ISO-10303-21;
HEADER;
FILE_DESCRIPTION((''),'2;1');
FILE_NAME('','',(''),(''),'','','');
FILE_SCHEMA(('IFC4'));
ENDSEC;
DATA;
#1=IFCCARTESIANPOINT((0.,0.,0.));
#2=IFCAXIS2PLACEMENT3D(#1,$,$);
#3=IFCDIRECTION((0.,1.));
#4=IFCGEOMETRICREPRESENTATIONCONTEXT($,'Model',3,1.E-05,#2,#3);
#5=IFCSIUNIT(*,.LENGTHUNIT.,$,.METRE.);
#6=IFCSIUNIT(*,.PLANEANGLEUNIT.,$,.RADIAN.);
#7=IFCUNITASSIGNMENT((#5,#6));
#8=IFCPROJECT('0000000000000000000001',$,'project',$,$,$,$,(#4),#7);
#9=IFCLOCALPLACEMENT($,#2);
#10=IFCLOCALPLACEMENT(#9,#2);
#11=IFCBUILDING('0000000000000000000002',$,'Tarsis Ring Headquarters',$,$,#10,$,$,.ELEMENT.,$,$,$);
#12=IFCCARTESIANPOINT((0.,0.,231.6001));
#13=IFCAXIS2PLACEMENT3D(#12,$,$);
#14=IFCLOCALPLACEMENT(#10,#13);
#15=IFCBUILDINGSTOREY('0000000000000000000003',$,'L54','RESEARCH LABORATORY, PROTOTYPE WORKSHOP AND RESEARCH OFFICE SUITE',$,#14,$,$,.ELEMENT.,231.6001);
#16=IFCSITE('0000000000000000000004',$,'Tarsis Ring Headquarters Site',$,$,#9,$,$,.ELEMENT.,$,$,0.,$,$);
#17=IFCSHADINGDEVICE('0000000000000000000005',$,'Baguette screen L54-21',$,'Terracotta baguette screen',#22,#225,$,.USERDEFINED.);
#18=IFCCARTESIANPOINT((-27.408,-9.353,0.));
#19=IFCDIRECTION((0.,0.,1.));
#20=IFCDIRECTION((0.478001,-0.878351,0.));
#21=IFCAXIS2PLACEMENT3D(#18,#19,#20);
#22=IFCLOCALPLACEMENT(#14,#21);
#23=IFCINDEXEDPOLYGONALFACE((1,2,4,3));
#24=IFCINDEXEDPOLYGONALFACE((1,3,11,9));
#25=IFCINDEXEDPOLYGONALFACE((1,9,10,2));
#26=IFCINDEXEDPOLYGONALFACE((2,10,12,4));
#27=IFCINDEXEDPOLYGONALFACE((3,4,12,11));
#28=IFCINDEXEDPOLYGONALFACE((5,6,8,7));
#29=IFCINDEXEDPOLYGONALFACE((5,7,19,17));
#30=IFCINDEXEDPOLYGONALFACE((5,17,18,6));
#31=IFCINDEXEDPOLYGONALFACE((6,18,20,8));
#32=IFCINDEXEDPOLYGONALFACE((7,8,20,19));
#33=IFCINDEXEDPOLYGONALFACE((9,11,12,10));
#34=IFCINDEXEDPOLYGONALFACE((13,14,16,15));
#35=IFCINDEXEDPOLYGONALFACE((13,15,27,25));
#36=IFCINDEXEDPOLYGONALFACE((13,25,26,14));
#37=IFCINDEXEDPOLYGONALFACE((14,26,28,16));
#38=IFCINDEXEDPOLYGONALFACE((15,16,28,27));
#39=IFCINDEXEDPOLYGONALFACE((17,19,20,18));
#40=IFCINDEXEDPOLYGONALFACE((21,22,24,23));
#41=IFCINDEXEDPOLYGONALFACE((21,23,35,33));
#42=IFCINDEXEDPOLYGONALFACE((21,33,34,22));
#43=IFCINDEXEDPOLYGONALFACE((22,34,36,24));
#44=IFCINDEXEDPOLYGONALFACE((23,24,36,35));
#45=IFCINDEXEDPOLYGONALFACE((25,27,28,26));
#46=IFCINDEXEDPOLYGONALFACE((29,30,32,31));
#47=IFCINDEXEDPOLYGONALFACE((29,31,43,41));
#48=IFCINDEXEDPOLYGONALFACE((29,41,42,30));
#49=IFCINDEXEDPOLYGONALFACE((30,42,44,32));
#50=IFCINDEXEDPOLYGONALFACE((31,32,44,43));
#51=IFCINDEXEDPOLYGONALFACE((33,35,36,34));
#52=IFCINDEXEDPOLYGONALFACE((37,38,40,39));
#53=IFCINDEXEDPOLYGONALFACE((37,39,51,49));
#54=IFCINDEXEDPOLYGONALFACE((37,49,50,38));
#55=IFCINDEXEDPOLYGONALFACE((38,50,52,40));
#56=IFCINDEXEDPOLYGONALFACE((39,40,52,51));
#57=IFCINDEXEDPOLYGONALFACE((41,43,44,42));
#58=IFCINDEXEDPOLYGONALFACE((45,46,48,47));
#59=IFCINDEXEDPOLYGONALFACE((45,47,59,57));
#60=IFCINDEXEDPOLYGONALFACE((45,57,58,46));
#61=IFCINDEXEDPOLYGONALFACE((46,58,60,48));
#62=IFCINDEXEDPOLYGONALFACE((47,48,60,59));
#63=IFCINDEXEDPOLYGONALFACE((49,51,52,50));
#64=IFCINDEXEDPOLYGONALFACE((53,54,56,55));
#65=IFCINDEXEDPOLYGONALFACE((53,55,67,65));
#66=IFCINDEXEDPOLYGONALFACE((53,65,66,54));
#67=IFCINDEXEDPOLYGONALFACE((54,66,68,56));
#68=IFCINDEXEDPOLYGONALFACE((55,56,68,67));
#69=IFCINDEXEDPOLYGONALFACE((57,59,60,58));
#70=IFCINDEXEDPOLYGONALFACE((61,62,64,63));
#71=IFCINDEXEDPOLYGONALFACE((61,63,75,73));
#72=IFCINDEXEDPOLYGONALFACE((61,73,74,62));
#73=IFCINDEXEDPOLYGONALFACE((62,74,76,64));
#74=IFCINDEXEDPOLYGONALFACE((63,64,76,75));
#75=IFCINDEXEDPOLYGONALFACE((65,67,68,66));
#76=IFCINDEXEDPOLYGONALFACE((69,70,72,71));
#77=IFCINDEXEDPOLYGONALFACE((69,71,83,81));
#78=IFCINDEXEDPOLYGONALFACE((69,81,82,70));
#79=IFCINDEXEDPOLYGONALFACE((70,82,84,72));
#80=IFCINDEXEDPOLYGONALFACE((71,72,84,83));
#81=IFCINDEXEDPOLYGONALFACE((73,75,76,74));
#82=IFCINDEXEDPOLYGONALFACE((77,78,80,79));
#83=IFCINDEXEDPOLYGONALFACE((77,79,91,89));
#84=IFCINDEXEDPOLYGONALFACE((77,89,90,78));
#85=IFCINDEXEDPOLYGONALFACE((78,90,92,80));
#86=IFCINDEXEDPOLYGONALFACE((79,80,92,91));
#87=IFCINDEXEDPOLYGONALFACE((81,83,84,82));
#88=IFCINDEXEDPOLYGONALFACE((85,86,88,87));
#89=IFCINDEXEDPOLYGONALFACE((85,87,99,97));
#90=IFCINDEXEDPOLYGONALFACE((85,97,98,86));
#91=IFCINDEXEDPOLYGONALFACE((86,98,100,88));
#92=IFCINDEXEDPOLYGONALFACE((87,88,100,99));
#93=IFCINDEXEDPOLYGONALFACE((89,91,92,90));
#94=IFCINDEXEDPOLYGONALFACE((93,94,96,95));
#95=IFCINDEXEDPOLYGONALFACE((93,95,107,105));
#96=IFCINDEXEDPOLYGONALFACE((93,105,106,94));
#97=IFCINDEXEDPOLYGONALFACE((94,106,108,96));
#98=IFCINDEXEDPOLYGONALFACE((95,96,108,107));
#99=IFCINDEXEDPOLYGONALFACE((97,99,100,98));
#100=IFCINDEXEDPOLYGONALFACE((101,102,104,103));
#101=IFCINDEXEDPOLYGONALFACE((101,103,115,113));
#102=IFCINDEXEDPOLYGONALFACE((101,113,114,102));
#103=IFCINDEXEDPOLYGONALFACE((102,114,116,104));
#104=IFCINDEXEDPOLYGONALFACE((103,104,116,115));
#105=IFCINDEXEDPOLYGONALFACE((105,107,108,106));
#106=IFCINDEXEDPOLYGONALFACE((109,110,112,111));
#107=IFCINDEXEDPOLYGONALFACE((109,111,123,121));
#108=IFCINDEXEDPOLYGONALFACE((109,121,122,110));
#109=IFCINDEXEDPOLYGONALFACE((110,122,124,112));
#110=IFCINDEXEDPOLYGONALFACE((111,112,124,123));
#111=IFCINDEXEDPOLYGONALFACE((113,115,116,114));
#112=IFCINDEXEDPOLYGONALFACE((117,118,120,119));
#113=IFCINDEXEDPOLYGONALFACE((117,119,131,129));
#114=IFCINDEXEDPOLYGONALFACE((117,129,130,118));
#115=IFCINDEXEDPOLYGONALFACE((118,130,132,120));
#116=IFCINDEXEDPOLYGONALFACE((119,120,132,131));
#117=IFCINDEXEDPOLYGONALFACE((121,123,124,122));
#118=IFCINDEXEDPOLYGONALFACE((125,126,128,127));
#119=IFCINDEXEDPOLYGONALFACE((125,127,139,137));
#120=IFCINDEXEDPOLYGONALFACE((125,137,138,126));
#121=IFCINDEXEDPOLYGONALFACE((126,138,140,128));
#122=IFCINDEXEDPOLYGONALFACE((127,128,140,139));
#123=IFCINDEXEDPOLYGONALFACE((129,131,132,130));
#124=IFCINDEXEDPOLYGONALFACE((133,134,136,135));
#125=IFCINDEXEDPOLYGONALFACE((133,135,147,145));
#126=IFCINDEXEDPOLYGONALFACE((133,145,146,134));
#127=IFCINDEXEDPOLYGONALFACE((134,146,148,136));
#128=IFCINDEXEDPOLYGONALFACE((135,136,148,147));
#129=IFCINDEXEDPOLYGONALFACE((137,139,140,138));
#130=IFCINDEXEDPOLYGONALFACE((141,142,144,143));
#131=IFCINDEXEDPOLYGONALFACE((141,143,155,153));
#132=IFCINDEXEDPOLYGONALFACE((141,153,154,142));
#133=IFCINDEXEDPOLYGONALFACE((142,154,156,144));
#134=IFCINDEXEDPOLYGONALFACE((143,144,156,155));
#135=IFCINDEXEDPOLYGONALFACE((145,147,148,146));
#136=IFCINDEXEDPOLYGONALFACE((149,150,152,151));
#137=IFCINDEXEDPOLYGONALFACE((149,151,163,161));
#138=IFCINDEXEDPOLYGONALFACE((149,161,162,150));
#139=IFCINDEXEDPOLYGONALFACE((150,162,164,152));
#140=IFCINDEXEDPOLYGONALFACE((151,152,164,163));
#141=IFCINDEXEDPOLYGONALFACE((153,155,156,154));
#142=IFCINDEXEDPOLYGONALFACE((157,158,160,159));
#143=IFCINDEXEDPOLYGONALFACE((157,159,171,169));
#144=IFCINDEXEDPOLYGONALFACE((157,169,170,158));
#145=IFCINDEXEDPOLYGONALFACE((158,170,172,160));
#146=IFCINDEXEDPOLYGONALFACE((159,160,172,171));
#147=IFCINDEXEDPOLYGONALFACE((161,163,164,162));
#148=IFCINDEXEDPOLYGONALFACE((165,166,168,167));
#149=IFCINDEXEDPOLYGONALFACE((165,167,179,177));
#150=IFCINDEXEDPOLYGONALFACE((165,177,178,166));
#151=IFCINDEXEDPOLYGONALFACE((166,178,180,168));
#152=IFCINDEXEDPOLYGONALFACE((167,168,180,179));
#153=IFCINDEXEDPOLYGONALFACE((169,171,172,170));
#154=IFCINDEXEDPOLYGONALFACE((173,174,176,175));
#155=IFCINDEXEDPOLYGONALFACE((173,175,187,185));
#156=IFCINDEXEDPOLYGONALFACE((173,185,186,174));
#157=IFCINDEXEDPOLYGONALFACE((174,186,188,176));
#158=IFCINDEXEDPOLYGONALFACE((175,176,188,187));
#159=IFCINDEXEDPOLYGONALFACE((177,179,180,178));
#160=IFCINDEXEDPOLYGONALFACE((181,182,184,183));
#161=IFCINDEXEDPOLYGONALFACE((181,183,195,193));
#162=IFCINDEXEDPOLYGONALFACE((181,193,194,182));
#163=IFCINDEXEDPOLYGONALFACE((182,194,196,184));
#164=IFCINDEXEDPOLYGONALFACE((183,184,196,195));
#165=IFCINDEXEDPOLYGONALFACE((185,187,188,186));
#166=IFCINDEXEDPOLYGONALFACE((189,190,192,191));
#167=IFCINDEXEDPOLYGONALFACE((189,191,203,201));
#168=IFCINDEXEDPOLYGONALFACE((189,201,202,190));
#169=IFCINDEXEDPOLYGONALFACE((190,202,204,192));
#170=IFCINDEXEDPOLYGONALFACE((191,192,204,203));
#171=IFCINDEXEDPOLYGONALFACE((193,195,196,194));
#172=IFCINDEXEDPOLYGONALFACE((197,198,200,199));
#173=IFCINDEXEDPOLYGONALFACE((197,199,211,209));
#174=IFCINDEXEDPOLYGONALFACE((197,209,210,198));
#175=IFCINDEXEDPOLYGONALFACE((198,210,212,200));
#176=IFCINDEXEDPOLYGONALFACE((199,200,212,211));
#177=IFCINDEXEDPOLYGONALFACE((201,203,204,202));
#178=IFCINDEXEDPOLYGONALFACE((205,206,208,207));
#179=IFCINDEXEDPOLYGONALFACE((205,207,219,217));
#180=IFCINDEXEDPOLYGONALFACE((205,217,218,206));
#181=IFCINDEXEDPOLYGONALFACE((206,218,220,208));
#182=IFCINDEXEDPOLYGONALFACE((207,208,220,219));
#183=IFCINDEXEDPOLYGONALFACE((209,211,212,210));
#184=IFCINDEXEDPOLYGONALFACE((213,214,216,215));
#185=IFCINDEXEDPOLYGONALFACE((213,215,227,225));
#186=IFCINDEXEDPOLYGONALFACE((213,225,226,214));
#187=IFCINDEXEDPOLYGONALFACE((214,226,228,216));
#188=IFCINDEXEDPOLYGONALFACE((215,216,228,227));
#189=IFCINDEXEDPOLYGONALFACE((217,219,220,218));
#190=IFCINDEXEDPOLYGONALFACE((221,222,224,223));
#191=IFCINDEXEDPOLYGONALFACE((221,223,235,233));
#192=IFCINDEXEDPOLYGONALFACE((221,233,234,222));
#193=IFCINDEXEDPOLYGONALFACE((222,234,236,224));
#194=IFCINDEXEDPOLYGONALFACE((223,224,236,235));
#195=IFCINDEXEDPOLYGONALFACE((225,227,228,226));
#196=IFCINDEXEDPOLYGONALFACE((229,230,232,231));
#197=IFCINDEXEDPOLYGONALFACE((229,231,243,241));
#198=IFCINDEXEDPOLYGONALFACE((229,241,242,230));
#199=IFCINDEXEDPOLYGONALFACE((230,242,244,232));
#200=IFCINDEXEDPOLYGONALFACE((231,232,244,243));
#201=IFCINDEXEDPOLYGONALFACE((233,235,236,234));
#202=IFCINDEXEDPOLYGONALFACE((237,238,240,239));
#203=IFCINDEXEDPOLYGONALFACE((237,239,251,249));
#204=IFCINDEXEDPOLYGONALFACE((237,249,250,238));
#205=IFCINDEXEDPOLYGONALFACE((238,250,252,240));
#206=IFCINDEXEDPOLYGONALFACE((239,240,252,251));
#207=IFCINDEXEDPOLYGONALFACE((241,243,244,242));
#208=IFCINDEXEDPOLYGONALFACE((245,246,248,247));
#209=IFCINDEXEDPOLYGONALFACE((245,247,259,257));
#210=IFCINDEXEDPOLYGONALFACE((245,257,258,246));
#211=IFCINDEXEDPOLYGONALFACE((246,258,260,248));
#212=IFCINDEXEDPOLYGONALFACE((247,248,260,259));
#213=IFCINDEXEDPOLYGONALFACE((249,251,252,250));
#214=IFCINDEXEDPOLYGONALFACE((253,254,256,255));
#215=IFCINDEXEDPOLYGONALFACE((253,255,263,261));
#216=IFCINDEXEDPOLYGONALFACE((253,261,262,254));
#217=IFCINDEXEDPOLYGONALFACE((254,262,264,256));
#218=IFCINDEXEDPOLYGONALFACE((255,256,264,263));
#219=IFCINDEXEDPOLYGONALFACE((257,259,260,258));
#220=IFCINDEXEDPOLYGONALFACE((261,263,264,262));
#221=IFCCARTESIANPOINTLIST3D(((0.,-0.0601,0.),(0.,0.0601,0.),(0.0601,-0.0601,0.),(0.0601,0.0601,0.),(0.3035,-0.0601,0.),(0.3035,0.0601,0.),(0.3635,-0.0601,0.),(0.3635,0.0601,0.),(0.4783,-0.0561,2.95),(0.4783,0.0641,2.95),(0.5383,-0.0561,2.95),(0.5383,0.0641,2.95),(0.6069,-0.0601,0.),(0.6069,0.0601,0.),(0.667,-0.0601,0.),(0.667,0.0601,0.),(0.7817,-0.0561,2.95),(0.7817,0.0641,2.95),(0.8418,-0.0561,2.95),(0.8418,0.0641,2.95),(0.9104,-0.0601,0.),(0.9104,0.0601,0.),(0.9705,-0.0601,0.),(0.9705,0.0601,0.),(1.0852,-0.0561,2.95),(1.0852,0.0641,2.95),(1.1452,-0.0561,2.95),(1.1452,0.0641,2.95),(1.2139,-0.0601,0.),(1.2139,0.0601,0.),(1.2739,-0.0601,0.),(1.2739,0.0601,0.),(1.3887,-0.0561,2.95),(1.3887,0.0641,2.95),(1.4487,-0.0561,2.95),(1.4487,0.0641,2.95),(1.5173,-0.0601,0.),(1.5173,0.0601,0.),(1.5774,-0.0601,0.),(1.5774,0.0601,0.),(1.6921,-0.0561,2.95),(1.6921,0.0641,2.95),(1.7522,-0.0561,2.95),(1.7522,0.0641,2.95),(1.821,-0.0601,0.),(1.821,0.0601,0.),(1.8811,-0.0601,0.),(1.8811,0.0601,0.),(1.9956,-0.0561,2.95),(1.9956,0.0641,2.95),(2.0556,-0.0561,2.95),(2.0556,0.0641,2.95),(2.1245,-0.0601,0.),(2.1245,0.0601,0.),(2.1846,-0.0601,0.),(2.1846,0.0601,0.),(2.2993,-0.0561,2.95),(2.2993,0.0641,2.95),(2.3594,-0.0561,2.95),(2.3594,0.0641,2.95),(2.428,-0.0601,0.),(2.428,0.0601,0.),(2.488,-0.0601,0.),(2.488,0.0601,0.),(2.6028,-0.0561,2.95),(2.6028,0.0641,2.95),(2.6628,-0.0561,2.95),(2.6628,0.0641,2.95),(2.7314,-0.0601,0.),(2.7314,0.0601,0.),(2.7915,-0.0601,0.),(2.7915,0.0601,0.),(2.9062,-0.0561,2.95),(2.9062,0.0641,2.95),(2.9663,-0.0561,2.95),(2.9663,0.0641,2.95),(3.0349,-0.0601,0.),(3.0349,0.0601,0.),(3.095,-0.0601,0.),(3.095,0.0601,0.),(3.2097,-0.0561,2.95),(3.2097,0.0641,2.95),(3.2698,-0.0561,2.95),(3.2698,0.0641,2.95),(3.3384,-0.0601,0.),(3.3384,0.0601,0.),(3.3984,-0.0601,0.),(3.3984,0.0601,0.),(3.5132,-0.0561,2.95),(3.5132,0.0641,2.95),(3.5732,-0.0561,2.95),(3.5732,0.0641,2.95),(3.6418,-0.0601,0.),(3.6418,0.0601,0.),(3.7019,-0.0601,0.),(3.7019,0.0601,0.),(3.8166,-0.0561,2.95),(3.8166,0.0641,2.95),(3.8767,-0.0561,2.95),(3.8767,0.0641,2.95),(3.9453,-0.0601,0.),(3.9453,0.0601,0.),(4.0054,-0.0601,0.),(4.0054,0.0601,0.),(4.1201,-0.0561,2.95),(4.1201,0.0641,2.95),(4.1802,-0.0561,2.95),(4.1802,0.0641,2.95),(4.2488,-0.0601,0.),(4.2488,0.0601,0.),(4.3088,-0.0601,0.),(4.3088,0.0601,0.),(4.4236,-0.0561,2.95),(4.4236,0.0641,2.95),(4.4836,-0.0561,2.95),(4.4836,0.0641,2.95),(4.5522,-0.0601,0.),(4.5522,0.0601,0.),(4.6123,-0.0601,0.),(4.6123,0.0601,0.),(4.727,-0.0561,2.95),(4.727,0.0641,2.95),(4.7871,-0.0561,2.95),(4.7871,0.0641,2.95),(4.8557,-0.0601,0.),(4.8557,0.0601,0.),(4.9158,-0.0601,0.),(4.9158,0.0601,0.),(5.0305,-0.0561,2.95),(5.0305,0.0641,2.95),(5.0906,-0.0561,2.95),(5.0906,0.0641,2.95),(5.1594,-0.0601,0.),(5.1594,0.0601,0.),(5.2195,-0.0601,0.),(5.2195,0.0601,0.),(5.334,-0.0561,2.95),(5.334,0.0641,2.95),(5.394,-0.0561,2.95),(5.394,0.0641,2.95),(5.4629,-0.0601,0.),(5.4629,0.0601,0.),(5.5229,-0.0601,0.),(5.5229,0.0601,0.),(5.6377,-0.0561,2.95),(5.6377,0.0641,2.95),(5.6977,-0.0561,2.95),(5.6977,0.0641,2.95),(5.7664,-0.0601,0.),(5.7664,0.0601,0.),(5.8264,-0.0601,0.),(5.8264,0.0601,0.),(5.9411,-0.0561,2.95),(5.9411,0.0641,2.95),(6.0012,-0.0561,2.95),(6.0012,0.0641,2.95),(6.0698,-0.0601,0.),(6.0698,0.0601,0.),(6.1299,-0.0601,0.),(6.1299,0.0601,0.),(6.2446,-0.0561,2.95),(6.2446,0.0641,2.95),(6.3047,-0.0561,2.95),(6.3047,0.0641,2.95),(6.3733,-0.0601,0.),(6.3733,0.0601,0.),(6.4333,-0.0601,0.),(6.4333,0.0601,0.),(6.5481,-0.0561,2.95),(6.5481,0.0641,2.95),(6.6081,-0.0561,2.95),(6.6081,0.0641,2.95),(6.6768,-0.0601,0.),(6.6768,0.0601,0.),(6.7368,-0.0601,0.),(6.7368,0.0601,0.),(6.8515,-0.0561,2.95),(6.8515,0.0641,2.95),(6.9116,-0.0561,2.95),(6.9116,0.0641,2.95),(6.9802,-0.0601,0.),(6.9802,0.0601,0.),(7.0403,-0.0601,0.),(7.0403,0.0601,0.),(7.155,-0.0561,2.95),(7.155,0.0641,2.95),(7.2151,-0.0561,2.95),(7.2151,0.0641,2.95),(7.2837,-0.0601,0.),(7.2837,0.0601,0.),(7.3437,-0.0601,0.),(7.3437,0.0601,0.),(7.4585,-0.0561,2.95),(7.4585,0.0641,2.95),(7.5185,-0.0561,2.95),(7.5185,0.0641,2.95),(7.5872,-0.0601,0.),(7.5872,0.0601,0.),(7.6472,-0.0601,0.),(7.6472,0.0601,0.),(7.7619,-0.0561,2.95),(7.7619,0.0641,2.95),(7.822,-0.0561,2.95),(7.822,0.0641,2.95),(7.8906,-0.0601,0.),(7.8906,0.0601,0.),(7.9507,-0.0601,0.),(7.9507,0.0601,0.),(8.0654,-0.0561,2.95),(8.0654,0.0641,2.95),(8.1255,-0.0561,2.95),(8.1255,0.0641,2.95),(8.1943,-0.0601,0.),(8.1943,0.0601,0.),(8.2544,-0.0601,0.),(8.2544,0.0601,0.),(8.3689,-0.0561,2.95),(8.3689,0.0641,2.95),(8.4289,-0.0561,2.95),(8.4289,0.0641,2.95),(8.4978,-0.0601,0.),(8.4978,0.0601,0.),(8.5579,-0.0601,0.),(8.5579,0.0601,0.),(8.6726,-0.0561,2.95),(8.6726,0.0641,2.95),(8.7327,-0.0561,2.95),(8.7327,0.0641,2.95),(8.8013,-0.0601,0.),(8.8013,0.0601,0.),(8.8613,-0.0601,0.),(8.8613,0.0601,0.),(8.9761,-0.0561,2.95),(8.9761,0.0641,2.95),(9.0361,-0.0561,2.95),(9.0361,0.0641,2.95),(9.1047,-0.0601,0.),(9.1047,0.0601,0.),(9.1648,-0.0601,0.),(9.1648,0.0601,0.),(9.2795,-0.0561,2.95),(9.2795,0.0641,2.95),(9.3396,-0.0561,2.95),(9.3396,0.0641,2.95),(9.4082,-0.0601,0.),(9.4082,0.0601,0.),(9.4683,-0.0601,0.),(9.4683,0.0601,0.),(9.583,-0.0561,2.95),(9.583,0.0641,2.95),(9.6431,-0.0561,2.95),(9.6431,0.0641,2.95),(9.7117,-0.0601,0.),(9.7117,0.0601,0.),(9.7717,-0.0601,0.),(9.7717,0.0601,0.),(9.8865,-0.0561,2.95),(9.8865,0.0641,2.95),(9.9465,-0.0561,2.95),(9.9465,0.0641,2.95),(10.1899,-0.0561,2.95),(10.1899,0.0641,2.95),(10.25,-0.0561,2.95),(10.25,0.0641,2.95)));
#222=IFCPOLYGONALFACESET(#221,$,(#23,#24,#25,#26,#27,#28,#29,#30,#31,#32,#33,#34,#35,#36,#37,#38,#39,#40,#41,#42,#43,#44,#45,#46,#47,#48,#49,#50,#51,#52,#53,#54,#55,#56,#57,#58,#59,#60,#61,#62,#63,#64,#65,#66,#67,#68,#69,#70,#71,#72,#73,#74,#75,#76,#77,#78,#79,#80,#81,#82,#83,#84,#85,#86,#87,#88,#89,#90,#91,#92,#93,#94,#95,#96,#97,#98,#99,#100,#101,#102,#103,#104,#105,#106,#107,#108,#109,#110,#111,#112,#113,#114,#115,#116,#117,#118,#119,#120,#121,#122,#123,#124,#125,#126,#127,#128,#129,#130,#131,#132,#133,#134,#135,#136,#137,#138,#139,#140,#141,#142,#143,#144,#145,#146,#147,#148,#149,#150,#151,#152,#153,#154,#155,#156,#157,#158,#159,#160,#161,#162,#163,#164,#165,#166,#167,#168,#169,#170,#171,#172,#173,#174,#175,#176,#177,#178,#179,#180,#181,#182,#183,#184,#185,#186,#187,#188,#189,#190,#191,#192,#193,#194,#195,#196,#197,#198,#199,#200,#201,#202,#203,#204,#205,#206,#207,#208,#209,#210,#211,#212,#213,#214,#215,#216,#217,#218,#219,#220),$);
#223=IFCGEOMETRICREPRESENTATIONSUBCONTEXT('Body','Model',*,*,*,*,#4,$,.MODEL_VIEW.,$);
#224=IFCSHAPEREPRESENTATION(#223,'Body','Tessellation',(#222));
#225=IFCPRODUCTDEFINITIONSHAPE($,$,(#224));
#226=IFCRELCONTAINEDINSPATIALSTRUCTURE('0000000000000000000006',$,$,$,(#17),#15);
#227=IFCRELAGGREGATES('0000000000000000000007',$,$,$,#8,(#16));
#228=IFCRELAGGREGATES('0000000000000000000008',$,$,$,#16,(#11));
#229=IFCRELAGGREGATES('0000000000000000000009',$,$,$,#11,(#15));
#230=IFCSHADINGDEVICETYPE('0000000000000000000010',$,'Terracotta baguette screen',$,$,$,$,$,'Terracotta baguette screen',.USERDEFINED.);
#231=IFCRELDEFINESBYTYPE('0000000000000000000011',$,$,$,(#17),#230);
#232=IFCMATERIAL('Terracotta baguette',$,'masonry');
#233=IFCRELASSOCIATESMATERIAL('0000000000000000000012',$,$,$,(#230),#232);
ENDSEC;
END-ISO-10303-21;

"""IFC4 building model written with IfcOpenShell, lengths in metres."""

from ifc_helpers import new_model, si_unit, direction, frame, frame_2d, origin, place, context, subcontext, project, spatial, rectangle, composite_profile, extrude, material, type_object, element, save


model = new_model("IFC4")

# Units and contexts
model_context = context("Model", 3, precision=1e-05, world=origin(), true_north=direction((0.0, 1.0)))
body_context = subcontext(model_context, "Body", "Model", "MODEL_VIEW")
ifc_project = project(units=[si_unit("LENGTHUNIT", "METRE"), si_unit("PLANEANGLEUNIT", "RADIAN")], contexts=[model_context])

# Site, building, storey
site_placement = place(None, origin())
site = spatial("IfcSite", under=ifc_project, at=site_placement, Name="Tarsis Ring Headquarters Site", CompositionType="ELEMENT", RefElevation=0.0)
building_placement = place(site_placement, origin())
building = spatial("IfcBuilding", under=site, at=building_placement, Name="Tarsis Ring Headquarters", CompositionType="ELEMENT")
storey_placement = place(building_placement, frame((0.0, 0.0, 231.6001)))
storey = spatial("IfcBuildingStorey", under=building, at=storey_placement, Name="L54", Description="RESEARCH LABORATORY, PROTOTYPE WORKSHOP AND RESEARCH OFFICE SUITE", CompositionType="ELEMENT", Elevation=231.6001)

# Shading device
ifc_material_1 = material(Name="Terracotta baguette", Category="masonry")
shading_device_type = type_object("IfcShadingDeviceType", Name="Terracotta baguette screen", ElementType="Terracotta baguette screen", PredefinedType="USERDEFINED", material=ifc_material_1)
shading_device_1_placement = place(storey_placement, frame((-27.408, -9.353, 0.0), z_axis=(0.0, 0.0, 1.0), x_axis=(0.478001, -0.878351, 0.0)))
element("IfcShadingDevice", 1, at=shading_device_1_placement, inside=storey, type_object=shading_device_type, Name="Baguette screen L54-21", ObjectType="Terracotta baguette screen", PredefinedType="USERDEFINED", context=body_context, shape_type="SweptSolid", body=[
    extrude(composite_profile([rectangle(XDim=0.0601, YDim=0.1201, at=frame_2d((0.03, 0.0))), rectangle(XDim=0.0601, YDim=0.1201, at=frame_2d((0.3335, 0.0))), rectangle(XDim=0.0601, YDim=0.1201, at=frame_2d((0.637, 0.0))), rectangle(XDim=0.0601, YDim=0.1201, at=frame_2d((0.9404, 0.0))), rectangle(XDim=0.0601, YDim=0.1201, at=frame_2d((1.2439, 0.0))), rectangle(XDim=0.0601, YDim=0.1201, at=frame_2d((1.5474, 0.0))), rectangle(XDim=0.0601, YDim=0.1201, at=frame_2d((1.8511, 0.0))), rectangle(XDim=0.0601, YDim=0.1201, at=frame_2d((2.1545, 0.0))), rectangle(XDim=0.0601, YDim=0.1201, at=frame_2d((2.458, 0.0))), rectangle(XDim=0.0601, YDim=0.1201, at=frame_2d((2.7615, 0.0))), rectangle(XDim=0.0601, YDim=0.1201, at=frame_2d((3.0649, 0.0))), rectangle(XDim=0.0601, YDim=0.1201, at=frame_2d((3.3684, 0.0))), rectangle(XDim=0.0601, YDim=0.1201, at=frame_2d((3.6719, 0.0))), rectangle(XDim=0.0601, YDim=0.1201, at=frame_2d((3.9753, 0.0))), rectangle(XDim=0.0601, YDim=0.1201, at=frame_2d((4.2788, 0.0))), rectangle(XDim=0.0601, YDim=0.1201, at=frame_2d((4.5823, 0.0))), rectangle(XDim=0.0601, YDim=0.1201, at=frame_2d((4.8857, 0.0))), rectangle(XDim=0.0601, YDim=0.1201, at=frame_2d((5.1895, 0.0))), rectangle(XDim=0.0601, YDim=0.1201, at=frame_2d((5.4929, 0.0))), rectangle(XDim=0.0601, YDim=0.1201, at=frame_2d((5.7964, 0.0))), rectangle(XDim=0.0601, YDim=0.1201, at=frame_2d((6.0999, 0.0))), rectangle(XDim=0.0601, YDim=0.1201, at=frame_2d((6.4033, 0.0))), rectangle(XDim=0.0601, YDim=0.1201, at=frame_2d((6.7068, 0.0))), rectangle(XDim=0.0601, YDim=0.1201, at=frame_2d((7.0103, 0.0))), rectangle(XDim=0.0601, YDim=0.1201, at=frame_2d((7.3137, 0.0))), rectangle(XDim=0.0601, YDim=0.1201, at=frame_2d((7.6172, 0.0))), rectangle(XDim=0.0601, YDim=0.1201, at=frame_2d((7.9207, 0.0))), rectangle(XDim=0.0601, YDim=0.1201, at=frame_2d((8.2244, 0.0))), rectangle(XDim=0.0601, YDim=0.1201, at=frame_2d((8.5278, 0.0))), rectangle(XDim=0.0601, YDim=0.1201, at=frame_2d((8.8313, 0.0))), rectangle(XDim=0.0601, YDim=0.1201, at=frame_2d((9.1348, 0.0))), rectangle(XDim=0.0601, YDim=0.1201, at=frame_2d((9.4382, 0.0))), rectangle(XDim=0.0601, YDim=0.1201, at=frame_2d((9.7417, 0.0)))]), origin(), (0.160031, 0.00134, 0.987111), 2.9885),
])

save(model, "model.ifc")
